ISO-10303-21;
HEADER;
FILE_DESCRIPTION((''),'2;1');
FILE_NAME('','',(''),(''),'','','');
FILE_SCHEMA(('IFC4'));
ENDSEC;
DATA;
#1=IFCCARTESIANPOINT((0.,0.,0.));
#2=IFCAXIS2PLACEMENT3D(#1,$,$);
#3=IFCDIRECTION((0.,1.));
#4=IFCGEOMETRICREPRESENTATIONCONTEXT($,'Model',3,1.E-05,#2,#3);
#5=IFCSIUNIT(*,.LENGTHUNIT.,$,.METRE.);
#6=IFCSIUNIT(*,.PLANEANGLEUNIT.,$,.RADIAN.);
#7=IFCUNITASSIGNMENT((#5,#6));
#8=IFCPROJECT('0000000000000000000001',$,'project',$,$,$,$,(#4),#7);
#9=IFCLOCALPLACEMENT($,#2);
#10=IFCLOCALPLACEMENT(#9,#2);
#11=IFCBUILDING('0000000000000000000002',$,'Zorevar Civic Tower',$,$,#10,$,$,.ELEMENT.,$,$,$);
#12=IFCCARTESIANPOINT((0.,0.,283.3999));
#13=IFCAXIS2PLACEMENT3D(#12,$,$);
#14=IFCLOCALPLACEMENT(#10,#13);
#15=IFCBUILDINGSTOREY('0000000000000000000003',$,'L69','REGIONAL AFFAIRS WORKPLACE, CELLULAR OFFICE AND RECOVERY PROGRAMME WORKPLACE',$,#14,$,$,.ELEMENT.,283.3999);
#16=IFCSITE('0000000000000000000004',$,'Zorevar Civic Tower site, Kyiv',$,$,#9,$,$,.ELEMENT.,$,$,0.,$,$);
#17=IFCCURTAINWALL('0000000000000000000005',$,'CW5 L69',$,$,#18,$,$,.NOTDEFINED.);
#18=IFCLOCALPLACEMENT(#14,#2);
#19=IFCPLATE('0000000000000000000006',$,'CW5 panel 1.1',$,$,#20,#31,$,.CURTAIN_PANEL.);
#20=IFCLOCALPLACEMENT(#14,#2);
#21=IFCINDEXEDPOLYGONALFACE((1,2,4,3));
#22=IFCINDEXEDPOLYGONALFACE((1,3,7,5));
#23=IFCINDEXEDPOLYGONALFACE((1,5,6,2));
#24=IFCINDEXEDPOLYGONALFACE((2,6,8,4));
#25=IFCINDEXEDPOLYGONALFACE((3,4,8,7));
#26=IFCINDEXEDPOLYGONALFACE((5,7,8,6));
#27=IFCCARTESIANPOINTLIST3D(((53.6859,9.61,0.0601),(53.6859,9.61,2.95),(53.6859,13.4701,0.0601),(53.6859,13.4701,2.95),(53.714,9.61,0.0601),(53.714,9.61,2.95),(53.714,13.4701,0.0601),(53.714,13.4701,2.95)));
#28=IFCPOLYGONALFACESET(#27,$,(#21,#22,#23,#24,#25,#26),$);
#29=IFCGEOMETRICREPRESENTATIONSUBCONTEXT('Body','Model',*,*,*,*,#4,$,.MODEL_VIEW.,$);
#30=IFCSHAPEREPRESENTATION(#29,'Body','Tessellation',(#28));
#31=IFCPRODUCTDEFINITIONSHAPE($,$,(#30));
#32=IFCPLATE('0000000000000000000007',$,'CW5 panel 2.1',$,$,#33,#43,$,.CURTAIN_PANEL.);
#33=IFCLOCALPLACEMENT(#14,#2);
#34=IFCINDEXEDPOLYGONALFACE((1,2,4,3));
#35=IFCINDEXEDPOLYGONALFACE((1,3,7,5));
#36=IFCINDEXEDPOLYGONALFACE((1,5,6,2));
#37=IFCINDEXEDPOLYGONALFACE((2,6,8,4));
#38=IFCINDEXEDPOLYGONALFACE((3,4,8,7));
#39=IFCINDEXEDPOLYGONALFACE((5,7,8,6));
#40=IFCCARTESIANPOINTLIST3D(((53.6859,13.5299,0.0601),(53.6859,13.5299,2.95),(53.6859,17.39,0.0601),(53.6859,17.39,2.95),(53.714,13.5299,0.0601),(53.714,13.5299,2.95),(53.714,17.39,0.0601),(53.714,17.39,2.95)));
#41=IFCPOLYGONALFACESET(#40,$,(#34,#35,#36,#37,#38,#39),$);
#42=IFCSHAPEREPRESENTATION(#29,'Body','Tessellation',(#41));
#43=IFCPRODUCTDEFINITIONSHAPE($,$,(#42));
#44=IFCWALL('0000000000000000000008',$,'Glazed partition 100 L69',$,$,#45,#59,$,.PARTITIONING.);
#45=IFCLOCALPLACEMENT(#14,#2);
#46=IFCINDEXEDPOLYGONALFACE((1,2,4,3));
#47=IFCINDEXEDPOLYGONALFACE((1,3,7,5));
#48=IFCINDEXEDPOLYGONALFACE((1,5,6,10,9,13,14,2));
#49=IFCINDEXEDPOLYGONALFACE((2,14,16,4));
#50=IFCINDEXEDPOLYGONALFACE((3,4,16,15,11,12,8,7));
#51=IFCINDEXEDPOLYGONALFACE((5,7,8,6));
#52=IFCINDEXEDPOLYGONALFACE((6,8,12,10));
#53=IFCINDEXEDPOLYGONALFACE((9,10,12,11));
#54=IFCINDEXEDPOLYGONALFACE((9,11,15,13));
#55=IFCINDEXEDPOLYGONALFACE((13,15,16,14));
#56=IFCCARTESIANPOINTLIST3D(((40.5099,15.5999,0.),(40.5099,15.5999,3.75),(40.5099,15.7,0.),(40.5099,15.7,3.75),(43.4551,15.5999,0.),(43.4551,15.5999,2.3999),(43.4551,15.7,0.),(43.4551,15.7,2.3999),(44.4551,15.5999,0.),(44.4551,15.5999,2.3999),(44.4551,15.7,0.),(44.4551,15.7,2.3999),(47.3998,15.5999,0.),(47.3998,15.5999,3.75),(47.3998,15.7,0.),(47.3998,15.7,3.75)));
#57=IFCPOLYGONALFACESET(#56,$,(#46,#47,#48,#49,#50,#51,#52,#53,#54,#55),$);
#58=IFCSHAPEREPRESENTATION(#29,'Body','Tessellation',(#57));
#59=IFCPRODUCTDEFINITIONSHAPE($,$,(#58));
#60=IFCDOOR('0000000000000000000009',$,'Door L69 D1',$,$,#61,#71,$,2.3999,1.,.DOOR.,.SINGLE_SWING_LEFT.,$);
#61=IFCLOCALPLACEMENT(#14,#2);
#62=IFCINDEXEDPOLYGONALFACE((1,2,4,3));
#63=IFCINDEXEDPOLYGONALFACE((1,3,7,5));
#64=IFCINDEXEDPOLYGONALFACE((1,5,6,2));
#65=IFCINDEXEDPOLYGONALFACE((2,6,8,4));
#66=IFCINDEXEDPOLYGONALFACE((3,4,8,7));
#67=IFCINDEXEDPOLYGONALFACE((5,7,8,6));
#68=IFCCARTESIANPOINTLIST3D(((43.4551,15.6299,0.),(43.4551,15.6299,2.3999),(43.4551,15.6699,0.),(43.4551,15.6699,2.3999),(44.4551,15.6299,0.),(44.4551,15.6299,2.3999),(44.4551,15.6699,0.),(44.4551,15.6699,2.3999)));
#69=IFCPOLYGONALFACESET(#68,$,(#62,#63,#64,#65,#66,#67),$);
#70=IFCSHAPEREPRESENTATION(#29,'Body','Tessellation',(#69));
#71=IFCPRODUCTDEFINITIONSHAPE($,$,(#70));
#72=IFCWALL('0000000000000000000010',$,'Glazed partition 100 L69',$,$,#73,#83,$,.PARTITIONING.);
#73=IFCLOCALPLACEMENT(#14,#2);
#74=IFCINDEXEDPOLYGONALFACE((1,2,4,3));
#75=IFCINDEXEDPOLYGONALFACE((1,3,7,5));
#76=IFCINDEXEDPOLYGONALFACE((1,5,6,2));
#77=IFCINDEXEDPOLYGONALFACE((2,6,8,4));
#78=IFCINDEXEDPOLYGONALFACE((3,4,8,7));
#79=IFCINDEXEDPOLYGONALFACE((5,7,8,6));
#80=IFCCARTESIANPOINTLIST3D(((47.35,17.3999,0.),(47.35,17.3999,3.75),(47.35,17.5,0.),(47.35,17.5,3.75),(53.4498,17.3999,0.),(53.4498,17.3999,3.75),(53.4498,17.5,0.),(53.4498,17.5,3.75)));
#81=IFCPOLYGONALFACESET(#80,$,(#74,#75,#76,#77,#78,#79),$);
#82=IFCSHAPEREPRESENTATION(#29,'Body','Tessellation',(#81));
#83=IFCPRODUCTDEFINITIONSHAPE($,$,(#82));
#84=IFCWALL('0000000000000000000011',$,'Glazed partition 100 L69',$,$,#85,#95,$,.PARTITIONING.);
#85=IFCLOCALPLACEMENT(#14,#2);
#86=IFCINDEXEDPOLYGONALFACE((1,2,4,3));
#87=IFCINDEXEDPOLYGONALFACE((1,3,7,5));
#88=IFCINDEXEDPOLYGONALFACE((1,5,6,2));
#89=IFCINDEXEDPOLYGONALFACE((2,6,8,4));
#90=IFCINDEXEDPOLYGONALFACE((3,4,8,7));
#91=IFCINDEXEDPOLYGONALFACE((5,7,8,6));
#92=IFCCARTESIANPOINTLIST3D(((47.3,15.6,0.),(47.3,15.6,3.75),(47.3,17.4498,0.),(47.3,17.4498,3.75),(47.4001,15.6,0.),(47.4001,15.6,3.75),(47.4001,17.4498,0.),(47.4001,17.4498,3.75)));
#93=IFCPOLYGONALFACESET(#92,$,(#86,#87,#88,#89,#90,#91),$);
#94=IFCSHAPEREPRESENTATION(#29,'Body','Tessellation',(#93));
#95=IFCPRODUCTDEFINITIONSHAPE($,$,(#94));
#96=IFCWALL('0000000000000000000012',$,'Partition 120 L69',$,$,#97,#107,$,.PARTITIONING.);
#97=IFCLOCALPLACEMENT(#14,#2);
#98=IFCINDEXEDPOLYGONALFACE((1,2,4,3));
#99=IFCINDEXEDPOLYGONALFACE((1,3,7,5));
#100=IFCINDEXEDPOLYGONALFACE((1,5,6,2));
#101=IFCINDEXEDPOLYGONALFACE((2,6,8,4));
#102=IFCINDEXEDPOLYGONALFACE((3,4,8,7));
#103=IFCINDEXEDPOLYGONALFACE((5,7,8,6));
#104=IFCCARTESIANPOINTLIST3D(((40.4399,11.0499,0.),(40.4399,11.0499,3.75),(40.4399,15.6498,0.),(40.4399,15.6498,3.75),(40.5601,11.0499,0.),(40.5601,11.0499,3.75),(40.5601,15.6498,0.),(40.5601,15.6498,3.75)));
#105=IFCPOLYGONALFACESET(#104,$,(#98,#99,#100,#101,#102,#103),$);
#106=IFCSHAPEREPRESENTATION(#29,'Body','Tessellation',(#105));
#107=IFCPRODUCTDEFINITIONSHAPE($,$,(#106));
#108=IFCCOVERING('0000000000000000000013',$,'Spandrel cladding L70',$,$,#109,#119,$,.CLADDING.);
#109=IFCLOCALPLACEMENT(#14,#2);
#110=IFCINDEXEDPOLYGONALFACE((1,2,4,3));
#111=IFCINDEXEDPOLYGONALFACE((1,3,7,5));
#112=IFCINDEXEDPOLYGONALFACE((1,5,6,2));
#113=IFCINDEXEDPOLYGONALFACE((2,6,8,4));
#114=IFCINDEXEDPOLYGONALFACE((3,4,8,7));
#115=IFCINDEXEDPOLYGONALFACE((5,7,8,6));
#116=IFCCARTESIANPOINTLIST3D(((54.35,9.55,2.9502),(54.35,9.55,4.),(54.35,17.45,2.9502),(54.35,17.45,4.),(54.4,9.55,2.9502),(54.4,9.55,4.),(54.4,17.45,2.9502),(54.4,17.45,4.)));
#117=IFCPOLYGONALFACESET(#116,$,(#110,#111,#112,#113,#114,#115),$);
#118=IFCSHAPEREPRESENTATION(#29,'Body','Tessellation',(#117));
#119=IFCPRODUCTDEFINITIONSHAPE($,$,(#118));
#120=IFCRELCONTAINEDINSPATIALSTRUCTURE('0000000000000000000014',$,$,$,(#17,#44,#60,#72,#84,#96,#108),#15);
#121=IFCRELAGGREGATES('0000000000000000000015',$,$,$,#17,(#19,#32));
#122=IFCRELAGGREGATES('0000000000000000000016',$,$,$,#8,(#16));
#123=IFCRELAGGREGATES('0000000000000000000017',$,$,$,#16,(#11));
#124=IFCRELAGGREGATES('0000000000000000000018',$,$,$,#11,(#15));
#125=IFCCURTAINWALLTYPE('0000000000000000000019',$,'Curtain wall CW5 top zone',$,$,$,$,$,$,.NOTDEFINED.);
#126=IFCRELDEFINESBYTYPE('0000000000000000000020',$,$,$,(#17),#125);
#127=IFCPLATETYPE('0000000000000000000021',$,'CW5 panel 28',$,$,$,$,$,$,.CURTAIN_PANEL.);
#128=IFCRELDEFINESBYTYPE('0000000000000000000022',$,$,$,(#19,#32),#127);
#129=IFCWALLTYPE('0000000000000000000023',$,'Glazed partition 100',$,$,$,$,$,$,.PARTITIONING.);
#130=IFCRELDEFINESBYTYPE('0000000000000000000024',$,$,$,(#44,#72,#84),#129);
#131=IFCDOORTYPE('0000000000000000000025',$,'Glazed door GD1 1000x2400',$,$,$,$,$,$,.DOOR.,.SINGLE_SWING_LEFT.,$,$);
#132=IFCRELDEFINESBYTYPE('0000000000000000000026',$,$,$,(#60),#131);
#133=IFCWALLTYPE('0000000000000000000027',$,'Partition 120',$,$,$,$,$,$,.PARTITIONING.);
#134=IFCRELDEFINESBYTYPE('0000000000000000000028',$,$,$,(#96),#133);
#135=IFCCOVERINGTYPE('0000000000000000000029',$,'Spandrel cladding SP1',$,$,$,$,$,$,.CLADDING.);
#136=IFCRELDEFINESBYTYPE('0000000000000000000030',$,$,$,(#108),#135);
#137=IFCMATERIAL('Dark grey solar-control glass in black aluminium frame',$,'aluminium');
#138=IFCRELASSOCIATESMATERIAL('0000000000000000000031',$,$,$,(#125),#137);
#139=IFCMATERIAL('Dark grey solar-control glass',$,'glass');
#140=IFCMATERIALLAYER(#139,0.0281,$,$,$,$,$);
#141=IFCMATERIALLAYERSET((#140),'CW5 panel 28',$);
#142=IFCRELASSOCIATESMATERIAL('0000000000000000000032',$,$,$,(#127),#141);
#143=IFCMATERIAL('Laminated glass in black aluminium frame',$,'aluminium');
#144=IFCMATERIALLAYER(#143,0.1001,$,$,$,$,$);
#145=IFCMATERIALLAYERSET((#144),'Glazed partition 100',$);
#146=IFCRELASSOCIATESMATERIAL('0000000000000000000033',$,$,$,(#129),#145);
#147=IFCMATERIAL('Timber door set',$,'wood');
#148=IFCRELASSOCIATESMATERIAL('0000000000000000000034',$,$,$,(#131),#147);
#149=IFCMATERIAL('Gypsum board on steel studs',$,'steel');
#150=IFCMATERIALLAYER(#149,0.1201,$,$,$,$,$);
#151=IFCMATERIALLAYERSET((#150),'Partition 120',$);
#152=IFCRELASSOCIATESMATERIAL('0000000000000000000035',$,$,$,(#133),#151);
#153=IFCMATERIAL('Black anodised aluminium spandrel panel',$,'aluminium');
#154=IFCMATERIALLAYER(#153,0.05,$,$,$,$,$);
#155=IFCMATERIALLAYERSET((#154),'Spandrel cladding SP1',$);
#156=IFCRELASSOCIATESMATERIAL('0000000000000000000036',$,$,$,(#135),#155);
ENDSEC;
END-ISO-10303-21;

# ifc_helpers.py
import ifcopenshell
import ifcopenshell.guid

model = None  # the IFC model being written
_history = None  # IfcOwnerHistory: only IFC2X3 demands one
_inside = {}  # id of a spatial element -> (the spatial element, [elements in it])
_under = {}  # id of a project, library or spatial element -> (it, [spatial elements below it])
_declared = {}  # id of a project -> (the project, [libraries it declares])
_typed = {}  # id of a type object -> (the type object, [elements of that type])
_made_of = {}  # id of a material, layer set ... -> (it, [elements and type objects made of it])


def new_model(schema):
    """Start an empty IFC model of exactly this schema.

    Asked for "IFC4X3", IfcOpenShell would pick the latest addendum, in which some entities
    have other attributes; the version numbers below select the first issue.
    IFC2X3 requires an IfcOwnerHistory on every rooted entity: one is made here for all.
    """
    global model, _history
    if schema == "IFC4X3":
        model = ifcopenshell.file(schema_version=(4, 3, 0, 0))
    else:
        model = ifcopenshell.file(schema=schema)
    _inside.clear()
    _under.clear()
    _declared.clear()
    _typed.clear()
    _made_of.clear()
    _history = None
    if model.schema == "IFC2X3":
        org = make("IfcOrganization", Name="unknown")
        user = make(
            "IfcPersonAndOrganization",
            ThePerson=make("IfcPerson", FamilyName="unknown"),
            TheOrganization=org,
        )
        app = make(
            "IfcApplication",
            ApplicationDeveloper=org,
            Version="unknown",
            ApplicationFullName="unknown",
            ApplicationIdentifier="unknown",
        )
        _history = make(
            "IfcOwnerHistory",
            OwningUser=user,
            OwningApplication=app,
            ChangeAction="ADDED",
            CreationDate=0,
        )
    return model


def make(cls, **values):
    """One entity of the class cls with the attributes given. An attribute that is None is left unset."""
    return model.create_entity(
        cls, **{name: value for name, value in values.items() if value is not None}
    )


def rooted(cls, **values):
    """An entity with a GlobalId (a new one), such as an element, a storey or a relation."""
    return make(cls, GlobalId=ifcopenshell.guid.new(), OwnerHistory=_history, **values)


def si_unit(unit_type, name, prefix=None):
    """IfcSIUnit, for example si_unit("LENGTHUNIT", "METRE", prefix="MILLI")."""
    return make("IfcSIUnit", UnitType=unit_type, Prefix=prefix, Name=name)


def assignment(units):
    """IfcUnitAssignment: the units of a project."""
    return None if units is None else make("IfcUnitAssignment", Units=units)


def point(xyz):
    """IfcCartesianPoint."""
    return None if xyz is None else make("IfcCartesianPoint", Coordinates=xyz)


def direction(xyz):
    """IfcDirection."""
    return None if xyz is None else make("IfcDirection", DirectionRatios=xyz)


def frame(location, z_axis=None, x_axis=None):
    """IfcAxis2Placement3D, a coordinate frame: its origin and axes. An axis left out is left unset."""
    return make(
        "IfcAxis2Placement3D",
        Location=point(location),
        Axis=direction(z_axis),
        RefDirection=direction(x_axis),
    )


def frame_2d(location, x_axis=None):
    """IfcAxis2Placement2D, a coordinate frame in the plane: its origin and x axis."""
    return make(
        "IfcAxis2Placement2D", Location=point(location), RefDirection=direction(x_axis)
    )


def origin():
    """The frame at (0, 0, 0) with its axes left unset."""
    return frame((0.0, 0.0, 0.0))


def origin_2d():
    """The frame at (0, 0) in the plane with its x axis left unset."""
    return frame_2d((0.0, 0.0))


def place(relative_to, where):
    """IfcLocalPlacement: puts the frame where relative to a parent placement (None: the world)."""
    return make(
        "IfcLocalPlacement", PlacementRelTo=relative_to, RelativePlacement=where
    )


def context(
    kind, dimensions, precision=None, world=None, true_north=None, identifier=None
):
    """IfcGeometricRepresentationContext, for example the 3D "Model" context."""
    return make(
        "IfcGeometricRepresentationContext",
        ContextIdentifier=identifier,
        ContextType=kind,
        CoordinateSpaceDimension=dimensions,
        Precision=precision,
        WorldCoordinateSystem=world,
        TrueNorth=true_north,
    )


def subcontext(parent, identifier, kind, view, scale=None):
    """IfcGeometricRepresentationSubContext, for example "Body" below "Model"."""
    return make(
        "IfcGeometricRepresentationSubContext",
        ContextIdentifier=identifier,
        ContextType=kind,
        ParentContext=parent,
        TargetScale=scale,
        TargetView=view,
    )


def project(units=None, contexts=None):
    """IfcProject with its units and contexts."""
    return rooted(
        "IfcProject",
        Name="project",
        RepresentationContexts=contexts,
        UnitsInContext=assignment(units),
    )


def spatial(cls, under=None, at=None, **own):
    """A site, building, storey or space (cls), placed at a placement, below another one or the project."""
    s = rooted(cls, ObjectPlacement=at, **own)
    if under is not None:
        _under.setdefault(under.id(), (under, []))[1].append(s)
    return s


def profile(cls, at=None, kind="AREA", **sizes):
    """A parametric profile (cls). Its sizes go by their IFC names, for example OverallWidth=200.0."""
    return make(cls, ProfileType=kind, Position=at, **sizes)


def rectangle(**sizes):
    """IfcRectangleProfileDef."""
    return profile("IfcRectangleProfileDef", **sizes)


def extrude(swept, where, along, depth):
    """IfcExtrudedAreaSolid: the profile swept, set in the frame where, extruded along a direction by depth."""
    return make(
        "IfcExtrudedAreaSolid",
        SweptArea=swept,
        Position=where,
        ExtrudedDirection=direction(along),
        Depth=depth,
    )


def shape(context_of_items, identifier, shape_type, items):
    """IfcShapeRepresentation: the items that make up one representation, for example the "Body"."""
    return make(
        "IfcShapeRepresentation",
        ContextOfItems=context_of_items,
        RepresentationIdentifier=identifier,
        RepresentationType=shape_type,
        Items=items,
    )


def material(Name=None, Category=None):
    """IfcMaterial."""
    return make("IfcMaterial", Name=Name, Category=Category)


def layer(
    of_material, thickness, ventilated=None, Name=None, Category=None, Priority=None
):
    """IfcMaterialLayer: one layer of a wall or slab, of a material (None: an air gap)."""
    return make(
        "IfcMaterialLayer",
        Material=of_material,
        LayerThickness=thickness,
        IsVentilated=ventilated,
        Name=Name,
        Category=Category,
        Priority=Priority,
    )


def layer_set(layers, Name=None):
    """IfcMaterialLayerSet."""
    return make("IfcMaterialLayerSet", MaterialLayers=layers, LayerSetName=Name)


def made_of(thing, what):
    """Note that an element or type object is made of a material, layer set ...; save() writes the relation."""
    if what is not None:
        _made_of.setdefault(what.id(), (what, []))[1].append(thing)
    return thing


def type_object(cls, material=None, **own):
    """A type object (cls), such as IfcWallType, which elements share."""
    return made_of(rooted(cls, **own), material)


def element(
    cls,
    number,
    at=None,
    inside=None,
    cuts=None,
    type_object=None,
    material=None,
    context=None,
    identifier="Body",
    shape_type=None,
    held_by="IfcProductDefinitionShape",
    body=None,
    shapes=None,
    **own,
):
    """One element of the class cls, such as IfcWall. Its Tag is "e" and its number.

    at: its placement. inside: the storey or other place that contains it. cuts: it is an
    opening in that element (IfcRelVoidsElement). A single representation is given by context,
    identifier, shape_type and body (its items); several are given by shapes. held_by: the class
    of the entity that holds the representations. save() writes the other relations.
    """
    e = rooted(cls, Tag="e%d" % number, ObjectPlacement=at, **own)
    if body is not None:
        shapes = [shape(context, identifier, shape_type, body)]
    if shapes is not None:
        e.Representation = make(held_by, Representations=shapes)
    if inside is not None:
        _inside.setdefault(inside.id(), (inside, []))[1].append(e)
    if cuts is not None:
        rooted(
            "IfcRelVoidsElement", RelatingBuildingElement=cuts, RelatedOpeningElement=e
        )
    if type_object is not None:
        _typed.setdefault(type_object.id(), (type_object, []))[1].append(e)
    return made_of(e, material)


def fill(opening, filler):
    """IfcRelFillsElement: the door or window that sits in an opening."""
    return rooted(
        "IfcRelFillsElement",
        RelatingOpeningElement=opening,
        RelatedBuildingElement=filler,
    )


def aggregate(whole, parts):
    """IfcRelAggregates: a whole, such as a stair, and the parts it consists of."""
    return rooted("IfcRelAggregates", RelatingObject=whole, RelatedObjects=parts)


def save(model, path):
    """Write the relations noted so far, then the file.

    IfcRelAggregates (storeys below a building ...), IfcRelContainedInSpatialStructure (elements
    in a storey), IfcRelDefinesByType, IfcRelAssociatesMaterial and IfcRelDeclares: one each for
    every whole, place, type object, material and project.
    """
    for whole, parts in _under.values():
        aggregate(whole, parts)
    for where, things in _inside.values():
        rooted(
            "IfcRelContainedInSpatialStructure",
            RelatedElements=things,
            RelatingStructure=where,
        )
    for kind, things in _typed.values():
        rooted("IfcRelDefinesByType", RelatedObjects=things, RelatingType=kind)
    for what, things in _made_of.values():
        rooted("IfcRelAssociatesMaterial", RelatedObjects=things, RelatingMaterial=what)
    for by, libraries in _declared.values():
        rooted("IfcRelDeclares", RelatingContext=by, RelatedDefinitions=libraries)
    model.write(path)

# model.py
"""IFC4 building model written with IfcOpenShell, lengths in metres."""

from ifc_helpers import new_model, si_unit, direction, frame, frame_2d, origin, origin_2d, place, context, subcontext, project, spatial, rectangle, extrude, material, layer, layer_set, type_object, element, fill, aggregate, save


model = new_model("IFC4")

# Units and contexts
model_context = context("Model", 3, precision=1e-05, world=origin(), true_north=direction((0.0, 1.0)))
body_context = subcontext(model_context, "Body", "Model", "MODEL_VIEW")
ifc_project = project(units=[si_unit("LENGTHUNIT", "METRE"), si_unit("PLANEANGLEUNIT", "RADIAN")], contexts=[model_context])

# Site, building, storey
site_placement = place(None, origin())
site = spatial("IfcSite", under=ifc_project, at=site_placement, Name="Zorevar Civic Tower site, Kyiv", CompositionType="ELEMENT", RefElevation=0.0)
building_placement = place(site_placement, origin())
building = spatial("IfcBuilding", under=site, at=building_placement, Name="Zorevar Civic Tower", CompositionType="ELEMENT")
storey_placement = place(building_placement, frame((0.0, 0.0, 283.3999)))
storey = spatial("IfcBuildingStorey", under=building, at=storey_placement, Name="L69", Description="REGIONAL AFFAIRS WORKPLACE, CELLULAR OFFICE AND RECOVERY PROGRAMME WORKPLACE", CompositionType="ELEMENT", Elevation=283.3999)

# Curtain wall
ifc_material_1 = material(Name="Dark grey solar-control glass in black aluminium frame", Category="aluminium")
curtain_wall_type = type_object("IfcCurtainWallType", Name="Curtain wall CW5 top zone", PredefinedType="NOTDEFINED", material=ifc_material_1)
curtain_wall_placement = place(storey_placement, origin())
curtain_wall = element("IfcCurtainWall", 1, at=curtain_wall_placement, inside=storey, type_object=curtain_wall_type, Name="CW5 L69", PredefinedType="NOTDEFINED")

# Plates
ifc_material_2 = material(Name="Dark grey solar-control glass", Category="glass")
ifc_layer_1 = layer(ifc_material_2, 0.0281)
ifc_layer_set_1 = layer_set([ifc_layer_1], Name="CW5 panel 28")
plate_type = type_object("IfcPlateType", Name="CW5 panel 28", PredefinedType="CURTAIN_PANEL", material=ifc_layer_set_1)
plate_1_placement = place(storey_placement, frame((53.7, 11.54, 0.0601), z_axis=(0.0, 0.0, 1.0), x_axis=(0.0, 1.0, 0.0)))
plate_1 = element("IfcPlate", 2, at=plate_1_placement, type_object=plate_type, Name="CW5 panel 1.1", PredefinedType="CURTAIN_PANEL", context=body_context, shape_type="SweptSolid", body=[
    extrude(rectangle(XDim=3.8601, YDim=0.0281, at=origin_2d()), origin(), (0.0, 0.0, 1.0), 2.8899),
])
plate_2_placement = place(storey_placement, frame((53.7, 15.46, 0.0601), z_axis=(0.0, 0.0, 1.0), x_axis=(0.0, 1.0, 0.0)))
plate_2 = element("IfcPlate", 3, at=plate_2_placement, type_object=plate_type, Name="CW5 panel 2.1", PredefinedType="CURTAIN_PANEL", context=body_context, shape_type="SweptSolid", body=[
    extrude(rectangle(XDim=3.8601, YDim=0.0281, at=origin_2d()), origin(), (0.0, 0.0, 1.0), 2.8899),
])
aggregate(curtain_wall, [plate_1, plate_2])

# Wall, opening, door
ifc_material_3 = material(Name="Laminated glass in black aluminium frame", Category="aluminium")
ifc_layer_2 = layer(ifc_material_3, 0.1001)
ifc_layer_set_2 = layer_set([ifc_layer_2], Name="Glazed partition 100")
wall_type_1 = type_object("IfcWallType", Name="Glazed partition 100", PredefinedType="PARTITIONING", material=ifc_layer_set_2)
wall_1_placement = place(storey_placement, frame((40.51, 15.6499, 0.0), z_axis=(0.0, 0.0, 1.0), x_axis=(1.0, 0.0, 0.0)))
wall_1 = element("IfcWall", 4, at=wall_1_placement, inside=storey, type_object=wall_type_1, Name="Glazed partition 100 L69", PredefinedType="PARTITIONING", context=body_context, shape_type="SweptSolid", body=[
    extrude(rectangle(XDim=6.8899, YDim=0.1001, at=frame_2d((3.4448, 0.0))), origin(), (0.0, 0.0, 1.0), 3.75),
])
opening_1_placement = place(wall_1_placement, frame((2.9451, 0.0, 0.0)))
opening_1 = element("IfcOpeningElement", 5, at=opening_1_placement, cuts=wall_1, PredefinedType="OPENING", context=body_context, shape_type="SweptSolid", body=[
    extrude(rectangle(XDim=1.0, YDim=2.3999, at=frame_2d((0.5, 1.2))), frame((0.0, 0.0601, 0.0), z_axis=(0.0, -1.0, 0.0), x_axis=(1.0, 0.0, 0.0)), (0.0, 0.0, 1.0), 0.1201),
])
ifc_material_4 = material(Name="Timber door set", Category="wood")
door_type_1 = type_object("IfcDoorType", Name="Glazed door GD1 1000x2400", OperationType="SINGLE_SWING_LEFT", PredefinedType="DOOR", material=ifc_material_4)
door_1_placement = place(opening_1_placement, origin())
door_1 = element("IfcDoor", 6, at=door_1_placement, inside=storey, type_object=door_type_1, Name="Door L69 D1", OperationType="SINGLE_SWING_LEFT", OverallHeight=2.3999, OverallWidth=1.0, PredefinedType="DOOR", context=body_context, shape_type="SweptSolid", body=[
    extrude(rectangle(XDim=1.0, YDim=2.3999, at=frame_2d((0.5, 1.2))), frame((0.0, 0.02, 0.0), z_axis=(0.0, -1.0, 0.0), x_axis=(1.0, 0.0, 0.0)), (0.0, 0.0, 1.0), 0.04),
])
fill(opening_1, door_1)

# Walls
wall_2_placement = place(storey_placement, frame((47.3501, 17.45, 0.0), z_axis=(0.0, 0.0, 1.0), x_axis=(1.0, 0.0, 0.0)))
element("IfcWall", 7, at=wall_2_placement, inside=storey, type_object=wall_type_1, Name="Glazed partition 100 L69", PredefinedType="PARTITIONING", context=body_context, shape_type="SweptSolid", body=[
    extrude(rectangle(XDim=6.0999, YDim=0.1001, at=frame_2d((3.0498, 0.0))), origin(), (0.0, 0.0, 1.0), 3.75),
])
wall_3_placement = place(storey_placement, frame((47.3501, 15.6001, 0.0), z_axis=(0.0, 0.0, 1.0), x_axis=(0.0, 1.0, 0.0)))
element("IfcWall", 8, at=wall_3_placement, inside=storey, type_object=wall_type_1, Name="Glazed partition 100 L69", PredefinedType="PARTITIONING", context=body_context, shape_type="SweptSolid", body=[
    extrude(rectangle(XDim=1.8499, YDim=0.1001, at=frame_2d((0.9248, 0.0))), origin(), (0.0, 0.0, 1.0), 3.75),
])
ifc_material_5 = material(Name="Gypsum board on steel studs", Category="steel")
ifc_layer_3 = layer(ifc_material_5, 0.1201)
ifc_layer_set_3 = layer_set([ifc_layer_3], Name="Partition 120")
wall_type_2 = type_object("IfcWallType", Name="Partition 120", PredefinedType="PARTITIONING", material=ifc_layer_set_3)
wall_4_placement = place(storey_placement, frame((40.5, 11.05, 0.0), z_axis=(0.0, 0.0, 1.0), x_axis=(0.0, 1.0, 0.0)))
element("IfcWall", 9, at=wall_4_placement, inside=storey, type_object=wall_type_2, Name="Partition 120 L69", PredefinedType="PARTITIONING", context=body_context, shape_type="SweptSolid", body=[
    extrude(rectangle(XDim=4.5999, YDim=0.1201, at=frame_2d((2.2998, 0.0))), origin(), (0.0, 0.0, 1.0), 3.75),
])

# Covering
ifc_material_6 = material(Name="Black anodised aluminium spandrel panel", Category="aluminium")
ifc_layer_4 = layer(ifc_material_6, 0.05)
ifc_layer_set_4 = layer_set([ifc_layer_4], Name="Spandrel cladding SP1")
covering_type = type_object("IfcCoveringType", Name="Spandrel cladding SP1", PredefinedType="CLADDING", material=ifc_layer_set_4)
covering_placement = place(storey_placement, frame((54.375, 9.55, 2.9502), z_axis=(0.0, 0.0, 1.0), x_axis=(0.0, 1.0, 0.0)))
element("IfcCovering", 10, at=covering_placement, inside=storey, type_object=covering_type, Name="Spandrel cladding L70", PredefinedType="CLADDING", context=body_context, shape_type="SweptSolid", body=[
    extrude(rectangle(XDim=7.8999, YDim=0.05, at=frame_2d((3.95, 0.0))), origin(), (0.0, 0.0, 1.0), 1.0498),
])

save(model, "model.ifc")
